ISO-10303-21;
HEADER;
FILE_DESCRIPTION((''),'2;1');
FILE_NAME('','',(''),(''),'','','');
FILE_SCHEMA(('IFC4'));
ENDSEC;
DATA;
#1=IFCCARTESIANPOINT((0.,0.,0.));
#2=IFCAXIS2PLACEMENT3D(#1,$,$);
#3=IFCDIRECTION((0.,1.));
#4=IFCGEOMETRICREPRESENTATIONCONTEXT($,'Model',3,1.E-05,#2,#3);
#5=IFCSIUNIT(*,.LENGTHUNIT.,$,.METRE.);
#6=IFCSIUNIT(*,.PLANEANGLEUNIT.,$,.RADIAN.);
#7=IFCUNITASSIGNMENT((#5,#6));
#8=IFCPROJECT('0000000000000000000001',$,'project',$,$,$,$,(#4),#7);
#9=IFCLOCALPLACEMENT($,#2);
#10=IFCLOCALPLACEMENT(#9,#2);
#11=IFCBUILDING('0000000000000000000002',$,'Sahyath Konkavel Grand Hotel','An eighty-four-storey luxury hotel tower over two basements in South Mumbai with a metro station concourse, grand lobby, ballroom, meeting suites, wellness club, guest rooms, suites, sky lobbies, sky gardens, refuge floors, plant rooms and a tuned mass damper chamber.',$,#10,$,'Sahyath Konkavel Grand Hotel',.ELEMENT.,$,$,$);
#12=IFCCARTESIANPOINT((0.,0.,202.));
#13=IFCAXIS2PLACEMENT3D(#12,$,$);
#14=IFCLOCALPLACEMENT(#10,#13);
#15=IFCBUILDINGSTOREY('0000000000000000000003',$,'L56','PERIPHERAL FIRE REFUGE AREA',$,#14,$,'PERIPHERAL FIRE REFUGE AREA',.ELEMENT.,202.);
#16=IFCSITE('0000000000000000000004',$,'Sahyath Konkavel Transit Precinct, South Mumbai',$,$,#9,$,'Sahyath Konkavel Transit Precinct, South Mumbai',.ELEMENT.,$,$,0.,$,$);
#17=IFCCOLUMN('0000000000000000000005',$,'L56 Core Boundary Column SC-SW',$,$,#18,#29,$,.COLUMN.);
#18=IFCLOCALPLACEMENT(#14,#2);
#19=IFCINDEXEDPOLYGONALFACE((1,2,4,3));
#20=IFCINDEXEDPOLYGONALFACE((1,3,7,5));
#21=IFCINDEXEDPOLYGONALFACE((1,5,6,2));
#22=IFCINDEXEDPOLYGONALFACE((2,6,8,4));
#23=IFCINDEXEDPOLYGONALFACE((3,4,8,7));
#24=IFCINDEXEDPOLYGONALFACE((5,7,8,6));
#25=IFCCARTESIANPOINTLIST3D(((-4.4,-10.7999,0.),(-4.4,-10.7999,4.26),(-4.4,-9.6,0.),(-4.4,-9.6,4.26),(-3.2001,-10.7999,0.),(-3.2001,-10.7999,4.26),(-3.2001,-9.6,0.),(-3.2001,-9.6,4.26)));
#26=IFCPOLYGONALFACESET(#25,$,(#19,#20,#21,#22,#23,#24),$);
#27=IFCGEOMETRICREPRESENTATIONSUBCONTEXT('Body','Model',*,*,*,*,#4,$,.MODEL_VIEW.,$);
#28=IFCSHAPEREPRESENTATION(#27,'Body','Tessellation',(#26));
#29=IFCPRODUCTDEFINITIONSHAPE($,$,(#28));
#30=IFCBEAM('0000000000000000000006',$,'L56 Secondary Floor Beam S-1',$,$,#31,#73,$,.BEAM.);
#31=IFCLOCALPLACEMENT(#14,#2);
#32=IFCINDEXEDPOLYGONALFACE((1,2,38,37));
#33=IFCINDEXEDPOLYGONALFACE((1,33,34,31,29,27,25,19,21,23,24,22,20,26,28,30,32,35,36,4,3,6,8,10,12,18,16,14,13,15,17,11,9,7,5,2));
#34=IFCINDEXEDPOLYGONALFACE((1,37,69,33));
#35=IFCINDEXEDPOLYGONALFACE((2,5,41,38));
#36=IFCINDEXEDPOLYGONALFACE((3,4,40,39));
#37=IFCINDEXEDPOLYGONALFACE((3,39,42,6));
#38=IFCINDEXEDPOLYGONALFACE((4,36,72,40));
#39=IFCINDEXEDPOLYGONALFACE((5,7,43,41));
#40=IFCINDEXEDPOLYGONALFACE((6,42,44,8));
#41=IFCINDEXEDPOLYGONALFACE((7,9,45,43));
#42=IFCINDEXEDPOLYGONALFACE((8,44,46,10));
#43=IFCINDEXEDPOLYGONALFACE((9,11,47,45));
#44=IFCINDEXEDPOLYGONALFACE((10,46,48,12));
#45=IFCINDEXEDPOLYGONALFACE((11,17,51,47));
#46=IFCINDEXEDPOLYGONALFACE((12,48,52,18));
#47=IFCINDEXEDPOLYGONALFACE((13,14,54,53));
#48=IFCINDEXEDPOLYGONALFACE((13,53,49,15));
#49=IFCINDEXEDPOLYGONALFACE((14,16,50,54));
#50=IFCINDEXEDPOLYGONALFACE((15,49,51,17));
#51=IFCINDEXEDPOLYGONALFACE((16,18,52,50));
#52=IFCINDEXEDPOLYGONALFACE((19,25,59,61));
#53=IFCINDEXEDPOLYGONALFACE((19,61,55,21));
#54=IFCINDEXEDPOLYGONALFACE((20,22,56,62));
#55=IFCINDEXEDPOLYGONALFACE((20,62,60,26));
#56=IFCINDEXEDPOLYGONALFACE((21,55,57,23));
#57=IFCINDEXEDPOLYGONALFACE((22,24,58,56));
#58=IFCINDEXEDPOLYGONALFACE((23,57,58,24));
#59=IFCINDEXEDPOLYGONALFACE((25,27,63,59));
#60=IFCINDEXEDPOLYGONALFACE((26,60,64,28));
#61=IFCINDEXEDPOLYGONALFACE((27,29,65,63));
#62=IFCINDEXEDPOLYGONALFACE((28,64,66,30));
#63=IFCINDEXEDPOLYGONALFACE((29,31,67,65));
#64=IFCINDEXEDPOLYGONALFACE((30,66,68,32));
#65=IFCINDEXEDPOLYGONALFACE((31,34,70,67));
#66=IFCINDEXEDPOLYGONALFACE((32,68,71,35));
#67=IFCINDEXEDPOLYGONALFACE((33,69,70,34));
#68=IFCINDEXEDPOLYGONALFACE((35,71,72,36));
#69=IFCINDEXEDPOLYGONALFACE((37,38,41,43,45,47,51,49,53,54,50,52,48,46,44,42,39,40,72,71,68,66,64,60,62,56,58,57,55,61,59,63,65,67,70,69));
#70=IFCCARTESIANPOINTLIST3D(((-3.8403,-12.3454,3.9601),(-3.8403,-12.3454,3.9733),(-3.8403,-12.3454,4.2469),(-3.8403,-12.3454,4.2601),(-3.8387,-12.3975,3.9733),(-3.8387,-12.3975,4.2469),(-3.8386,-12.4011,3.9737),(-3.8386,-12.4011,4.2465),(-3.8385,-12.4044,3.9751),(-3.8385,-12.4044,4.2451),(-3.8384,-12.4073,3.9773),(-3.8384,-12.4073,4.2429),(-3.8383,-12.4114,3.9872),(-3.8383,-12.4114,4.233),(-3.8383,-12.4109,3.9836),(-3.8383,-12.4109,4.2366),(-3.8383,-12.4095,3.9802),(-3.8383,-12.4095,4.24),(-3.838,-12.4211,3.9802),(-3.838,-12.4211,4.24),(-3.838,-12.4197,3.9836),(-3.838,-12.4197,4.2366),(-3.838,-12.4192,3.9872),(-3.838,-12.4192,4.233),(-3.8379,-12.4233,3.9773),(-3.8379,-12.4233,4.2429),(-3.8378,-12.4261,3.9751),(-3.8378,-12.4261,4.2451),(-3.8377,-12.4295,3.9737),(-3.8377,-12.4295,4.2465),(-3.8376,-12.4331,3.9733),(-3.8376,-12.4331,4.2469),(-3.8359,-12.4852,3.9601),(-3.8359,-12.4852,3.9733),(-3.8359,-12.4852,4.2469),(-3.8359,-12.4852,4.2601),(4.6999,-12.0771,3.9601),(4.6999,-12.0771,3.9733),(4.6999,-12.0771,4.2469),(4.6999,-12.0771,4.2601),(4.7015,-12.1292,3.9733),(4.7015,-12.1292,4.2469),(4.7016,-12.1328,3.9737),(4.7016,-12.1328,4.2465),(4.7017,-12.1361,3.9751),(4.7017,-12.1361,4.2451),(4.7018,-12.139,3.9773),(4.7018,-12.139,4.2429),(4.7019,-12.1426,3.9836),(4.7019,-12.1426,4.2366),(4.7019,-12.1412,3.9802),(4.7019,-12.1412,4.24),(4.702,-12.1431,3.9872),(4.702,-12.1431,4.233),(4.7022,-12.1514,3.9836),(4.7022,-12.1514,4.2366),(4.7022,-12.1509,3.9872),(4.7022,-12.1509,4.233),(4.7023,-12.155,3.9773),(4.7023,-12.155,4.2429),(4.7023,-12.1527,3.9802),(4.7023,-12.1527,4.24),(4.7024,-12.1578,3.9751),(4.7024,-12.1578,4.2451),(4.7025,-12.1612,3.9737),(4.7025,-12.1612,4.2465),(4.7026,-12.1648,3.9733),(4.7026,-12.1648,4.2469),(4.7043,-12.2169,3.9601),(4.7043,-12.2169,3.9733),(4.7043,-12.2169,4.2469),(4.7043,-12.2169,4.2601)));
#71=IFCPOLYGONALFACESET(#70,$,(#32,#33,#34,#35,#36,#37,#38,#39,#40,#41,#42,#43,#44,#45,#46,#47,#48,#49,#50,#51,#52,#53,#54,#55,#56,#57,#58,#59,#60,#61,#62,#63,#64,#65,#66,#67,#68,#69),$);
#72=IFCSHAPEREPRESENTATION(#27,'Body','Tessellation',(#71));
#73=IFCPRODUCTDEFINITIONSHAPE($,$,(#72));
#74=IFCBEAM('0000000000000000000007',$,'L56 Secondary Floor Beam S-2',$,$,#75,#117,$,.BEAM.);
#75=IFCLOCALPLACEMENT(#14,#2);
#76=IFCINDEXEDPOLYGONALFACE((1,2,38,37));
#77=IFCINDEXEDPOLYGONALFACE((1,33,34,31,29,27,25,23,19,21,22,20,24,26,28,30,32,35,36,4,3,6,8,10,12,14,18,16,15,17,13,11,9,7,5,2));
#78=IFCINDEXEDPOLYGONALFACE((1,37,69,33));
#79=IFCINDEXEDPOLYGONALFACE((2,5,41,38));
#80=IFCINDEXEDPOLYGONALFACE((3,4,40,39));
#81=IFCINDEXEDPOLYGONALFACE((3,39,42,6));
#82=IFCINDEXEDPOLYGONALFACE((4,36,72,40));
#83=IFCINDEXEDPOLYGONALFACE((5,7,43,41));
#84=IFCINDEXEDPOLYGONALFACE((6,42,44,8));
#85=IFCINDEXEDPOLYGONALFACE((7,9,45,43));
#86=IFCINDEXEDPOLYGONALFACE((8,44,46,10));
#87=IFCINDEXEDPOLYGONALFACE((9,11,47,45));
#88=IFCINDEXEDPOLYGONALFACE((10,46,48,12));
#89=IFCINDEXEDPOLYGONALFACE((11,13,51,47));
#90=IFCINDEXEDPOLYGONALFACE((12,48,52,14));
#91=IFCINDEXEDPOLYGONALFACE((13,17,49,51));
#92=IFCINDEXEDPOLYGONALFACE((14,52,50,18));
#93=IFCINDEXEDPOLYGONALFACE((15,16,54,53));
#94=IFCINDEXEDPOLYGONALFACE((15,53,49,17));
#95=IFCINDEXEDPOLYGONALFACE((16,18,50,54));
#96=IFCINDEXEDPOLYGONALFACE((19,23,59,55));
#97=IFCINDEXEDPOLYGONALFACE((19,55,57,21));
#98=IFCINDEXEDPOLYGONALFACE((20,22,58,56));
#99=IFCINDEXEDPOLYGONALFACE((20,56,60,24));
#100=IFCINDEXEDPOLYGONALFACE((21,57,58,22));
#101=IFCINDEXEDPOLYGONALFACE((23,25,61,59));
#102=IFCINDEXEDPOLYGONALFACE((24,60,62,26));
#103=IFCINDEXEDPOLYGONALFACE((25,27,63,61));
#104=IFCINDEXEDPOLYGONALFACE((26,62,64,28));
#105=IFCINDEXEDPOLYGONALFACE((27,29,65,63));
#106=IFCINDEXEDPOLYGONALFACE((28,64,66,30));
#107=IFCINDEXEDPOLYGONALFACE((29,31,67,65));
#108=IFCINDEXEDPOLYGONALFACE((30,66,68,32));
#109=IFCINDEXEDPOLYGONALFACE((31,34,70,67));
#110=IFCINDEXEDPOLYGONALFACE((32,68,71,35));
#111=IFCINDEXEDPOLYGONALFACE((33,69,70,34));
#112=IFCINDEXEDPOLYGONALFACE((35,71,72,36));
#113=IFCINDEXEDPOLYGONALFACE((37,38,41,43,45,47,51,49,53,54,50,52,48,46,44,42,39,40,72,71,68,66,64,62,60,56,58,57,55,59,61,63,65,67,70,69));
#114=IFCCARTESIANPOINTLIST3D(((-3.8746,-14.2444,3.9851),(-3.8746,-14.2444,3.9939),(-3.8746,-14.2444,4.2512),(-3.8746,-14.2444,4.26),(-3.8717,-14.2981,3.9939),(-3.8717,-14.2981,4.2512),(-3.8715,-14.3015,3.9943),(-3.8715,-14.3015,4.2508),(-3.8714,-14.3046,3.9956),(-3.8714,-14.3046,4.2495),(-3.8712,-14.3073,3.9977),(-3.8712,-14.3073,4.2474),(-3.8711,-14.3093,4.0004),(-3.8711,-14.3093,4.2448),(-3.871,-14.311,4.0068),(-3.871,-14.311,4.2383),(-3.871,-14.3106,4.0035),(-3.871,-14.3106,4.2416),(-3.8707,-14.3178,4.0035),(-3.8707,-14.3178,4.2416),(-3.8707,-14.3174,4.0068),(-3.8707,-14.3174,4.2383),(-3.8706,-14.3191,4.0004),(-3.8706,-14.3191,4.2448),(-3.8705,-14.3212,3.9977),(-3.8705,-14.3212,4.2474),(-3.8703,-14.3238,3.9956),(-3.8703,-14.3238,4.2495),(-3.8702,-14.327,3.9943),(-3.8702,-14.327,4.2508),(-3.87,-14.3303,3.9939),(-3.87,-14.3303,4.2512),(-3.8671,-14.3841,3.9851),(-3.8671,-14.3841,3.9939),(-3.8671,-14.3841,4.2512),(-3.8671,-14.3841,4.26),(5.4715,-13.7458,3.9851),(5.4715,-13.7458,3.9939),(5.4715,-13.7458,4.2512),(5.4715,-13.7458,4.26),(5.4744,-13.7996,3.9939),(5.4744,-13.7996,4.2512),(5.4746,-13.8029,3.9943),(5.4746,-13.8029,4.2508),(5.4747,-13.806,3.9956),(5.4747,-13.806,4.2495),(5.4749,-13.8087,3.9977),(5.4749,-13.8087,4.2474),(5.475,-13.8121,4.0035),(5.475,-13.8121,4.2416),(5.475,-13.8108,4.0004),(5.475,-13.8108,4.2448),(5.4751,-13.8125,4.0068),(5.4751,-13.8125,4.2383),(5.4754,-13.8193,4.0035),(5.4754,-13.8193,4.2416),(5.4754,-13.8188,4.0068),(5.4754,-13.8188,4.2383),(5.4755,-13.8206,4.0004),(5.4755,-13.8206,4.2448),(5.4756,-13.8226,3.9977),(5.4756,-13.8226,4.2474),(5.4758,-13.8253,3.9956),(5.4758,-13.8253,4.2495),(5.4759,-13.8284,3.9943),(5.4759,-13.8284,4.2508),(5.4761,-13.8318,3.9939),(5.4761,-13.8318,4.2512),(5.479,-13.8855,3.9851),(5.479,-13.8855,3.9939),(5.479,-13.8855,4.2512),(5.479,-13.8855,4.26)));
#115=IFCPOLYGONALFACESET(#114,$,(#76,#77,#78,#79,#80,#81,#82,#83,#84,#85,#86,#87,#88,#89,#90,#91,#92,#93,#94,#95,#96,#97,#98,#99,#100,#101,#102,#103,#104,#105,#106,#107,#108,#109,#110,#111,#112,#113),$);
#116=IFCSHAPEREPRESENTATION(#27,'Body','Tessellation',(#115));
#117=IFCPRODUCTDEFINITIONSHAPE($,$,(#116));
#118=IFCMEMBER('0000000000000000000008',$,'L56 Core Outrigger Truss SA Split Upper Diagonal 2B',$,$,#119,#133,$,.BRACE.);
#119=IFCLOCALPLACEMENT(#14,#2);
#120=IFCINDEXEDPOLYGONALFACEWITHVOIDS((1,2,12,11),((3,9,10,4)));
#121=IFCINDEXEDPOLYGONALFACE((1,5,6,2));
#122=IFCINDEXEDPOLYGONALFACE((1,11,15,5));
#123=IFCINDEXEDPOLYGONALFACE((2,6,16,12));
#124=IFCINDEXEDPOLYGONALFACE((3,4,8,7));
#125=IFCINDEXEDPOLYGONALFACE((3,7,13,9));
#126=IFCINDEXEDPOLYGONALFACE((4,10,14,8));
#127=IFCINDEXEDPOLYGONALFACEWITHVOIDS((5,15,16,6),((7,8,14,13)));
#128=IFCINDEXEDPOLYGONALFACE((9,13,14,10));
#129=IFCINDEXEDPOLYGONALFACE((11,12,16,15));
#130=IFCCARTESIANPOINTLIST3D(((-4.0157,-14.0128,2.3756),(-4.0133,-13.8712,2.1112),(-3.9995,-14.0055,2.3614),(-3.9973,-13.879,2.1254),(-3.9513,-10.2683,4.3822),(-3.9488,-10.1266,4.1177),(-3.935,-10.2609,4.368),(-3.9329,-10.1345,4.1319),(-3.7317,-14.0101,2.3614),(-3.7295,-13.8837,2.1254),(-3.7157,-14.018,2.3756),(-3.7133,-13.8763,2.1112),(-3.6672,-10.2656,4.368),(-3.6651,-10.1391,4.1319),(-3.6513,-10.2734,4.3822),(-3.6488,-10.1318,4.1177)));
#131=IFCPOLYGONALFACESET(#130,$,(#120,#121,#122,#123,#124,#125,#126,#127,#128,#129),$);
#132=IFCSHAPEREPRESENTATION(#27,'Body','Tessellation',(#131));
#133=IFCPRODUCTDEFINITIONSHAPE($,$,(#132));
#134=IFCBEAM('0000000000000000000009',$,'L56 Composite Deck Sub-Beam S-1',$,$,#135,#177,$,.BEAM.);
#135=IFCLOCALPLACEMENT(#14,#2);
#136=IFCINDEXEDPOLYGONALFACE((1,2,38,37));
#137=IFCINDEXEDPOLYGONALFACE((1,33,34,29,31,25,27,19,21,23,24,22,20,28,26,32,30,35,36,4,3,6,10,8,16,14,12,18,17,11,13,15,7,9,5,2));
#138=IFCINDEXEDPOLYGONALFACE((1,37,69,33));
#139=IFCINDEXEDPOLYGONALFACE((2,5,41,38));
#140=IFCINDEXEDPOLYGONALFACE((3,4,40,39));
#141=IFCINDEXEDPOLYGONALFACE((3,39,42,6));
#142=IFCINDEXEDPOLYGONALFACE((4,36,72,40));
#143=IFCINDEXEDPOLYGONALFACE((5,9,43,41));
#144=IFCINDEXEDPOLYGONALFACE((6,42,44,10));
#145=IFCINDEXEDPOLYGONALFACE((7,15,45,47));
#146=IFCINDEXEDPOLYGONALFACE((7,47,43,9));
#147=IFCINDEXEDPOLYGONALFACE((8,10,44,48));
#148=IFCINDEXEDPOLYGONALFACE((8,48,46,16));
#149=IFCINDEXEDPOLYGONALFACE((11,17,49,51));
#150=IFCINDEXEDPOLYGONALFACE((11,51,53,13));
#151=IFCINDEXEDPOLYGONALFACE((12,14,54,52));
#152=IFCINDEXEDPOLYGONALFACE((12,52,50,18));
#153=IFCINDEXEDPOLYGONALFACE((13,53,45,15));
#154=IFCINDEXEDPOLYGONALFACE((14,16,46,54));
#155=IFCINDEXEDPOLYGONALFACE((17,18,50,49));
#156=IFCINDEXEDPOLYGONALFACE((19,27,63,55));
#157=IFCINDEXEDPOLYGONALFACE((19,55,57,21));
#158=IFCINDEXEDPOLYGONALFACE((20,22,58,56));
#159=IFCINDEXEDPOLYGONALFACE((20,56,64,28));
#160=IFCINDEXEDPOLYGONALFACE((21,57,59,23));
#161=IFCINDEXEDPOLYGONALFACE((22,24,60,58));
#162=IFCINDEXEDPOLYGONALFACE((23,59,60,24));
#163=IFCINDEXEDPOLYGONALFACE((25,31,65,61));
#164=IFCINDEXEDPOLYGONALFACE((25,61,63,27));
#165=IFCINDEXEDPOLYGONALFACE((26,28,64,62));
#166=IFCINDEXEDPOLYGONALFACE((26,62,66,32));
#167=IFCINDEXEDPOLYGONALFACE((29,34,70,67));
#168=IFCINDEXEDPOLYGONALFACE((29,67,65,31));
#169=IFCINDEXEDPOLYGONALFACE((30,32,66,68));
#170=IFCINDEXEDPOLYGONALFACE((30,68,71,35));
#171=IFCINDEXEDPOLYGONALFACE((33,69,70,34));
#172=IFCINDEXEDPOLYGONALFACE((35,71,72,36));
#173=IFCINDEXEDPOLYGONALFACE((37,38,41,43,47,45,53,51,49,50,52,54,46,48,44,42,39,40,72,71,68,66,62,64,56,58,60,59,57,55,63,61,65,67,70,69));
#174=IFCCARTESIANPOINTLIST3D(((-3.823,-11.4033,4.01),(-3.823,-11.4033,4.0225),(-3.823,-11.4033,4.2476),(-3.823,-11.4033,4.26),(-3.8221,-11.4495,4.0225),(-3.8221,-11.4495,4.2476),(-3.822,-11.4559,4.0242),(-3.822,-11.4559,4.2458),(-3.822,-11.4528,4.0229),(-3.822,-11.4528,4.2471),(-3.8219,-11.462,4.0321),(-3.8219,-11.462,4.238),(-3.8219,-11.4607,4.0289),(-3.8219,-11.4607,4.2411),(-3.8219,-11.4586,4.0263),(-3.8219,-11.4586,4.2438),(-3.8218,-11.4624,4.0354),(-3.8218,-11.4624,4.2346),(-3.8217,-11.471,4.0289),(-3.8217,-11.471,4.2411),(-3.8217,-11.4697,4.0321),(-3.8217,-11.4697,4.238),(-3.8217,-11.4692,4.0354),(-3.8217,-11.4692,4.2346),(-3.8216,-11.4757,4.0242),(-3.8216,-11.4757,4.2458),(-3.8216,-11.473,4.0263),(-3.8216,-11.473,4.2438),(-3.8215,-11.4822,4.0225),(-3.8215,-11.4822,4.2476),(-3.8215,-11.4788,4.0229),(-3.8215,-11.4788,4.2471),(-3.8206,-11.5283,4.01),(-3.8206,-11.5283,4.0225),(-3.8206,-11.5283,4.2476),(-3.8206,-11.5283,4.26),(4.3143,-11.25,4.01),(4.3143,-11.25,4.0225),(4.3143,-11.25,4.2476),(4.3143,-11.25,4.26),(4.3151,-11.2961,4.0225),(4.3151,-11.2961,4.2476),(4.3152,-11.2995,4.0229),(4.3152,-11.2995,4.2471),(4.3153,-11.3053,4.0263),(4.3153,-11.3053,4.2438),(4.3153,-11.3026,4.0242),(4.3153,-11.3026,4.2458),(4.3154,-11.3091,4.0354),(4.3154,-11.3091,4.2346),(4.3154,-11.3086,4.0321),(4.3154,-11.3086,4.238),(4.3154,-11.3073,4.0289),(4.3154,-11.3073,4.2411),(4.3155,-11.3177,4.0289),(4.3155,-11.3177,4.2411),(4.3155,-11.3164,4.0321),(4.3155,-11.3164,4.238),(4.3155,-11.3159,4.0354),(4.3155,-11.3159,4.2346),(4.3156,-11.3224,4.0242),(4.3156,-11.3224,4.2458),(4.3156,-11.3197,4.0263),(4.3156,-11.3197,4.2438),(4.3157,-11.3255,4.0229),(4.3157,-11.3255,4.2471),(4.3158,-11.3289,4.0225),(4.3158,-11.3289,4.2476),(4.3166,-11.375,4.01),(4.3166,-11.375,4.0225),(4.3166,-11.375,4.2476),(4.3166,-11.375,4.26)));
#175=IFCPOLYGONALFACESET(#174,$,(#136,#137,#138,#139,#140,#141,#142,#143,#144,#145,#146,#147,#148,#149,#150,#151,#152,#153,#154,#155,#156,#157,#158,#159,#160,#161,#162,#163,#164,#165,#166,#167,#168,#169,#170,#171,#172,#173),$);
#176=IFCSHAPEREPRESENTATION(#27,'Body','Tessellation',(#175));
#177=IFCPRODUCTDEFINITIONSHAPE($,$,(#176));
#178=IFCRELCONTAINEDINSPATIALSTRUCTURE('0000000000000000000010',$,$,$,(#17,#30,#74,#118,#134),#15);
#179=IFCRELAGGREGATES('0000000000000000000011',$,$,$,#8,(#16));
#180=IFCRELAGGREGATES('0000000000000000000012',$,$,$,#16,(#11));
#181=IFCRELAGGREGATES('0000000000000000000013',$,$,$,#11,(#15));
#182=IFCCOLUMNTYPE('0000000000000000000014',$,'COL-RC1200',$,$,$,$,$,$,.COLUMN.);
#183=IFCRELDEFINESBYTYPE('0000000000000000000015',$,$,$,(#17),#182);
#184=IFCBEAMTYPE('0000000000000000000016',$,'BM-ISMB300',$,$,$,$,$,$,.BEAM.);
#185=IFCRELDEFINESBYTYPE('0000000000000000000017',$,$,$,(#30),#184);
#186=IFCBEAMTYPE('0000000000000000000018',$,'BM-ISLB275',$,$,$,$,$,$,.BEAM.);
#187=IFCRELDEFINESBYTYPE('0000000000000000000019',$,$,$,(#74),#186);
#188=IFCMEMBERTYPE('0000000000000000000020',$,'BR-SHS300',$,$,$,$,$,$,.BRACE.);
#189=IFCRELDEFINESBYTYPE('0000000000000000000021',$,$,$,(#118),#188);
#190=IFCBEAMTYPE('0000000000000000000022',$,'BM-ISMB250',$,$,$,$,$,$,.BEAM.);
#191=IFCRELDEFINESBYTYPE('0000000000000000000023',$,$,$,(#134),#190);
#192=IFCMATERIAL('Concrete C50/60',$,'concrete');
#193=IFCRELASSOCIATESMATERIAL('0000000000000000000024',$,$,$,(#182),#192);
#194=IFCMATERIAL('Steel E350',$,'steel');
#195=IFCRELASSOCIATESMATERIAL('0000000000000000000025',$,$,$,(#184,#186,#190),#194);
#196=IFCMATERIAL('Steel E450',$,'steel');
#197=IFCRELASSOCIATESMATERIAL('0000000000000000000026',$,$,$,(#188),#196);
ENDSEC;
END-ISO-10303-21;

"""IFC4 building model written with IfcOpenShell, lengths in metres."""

from ifc_helpers import new_model, si_unit, direction, frame, origin, origin_2d, place, context, subcontext, project, spatial, rectangle, hollow_rectangle, i_section, extrude, source, transform, mapped, material, material_profile, profile_set, type_object, element, save


model = new_model("IFC4")

# Units and contexts
model_context = context("Model", 3, precision=1e-05, world=origin(), true_north=direction((0.0, 1.0)))
body_context = subcontext(model_context, "Body", "Model", "MODEL_VIEW")
ifc_project = project(units=[si_unit("LENGTHUNIT", "METRE"), si_unit("PLANEANGLEUNIT", "RADIAN")], contexts=[model_context])

# Site, building, storey
site_placement = place(None, origin())
site = spatial("IfcSite", under=ifc_project, at=site_placement, Name="Sahyath Konkavel Transit Precinct, South Mumbai", LongName="Sahyath Konkavel Transit Precinct, South Mumbai", CompositionType="ELEMENT", RefElevation=0.0)
building_placement = place(site_placement, origin())
building = spatial("IfcBuilding", under=site, at=building_placement, Name="Sahyath Konkavel Grand Hotel", Description="An eighty-four-storey luxury hotel tower over two basements in South Mumbai with a metro station concourse, grand lobby, ballroom, meeting suites, wellness club, guest rooms, suites, sky lobbies, sky gardens, refuge floors, plant rooms and a tuned mass damper chamber.", LongName="Sahyath Konkavel Grand Hotel", CompositionType="ELEMENT")
storey_placement = place(building_placement, frame((0.0, 0.0, 202.0)))
storey = spatial("IfcBuildingStorey", under=building, at=storey_placement, Name="L56", Description="PERIPHERAL FIRE REFUGE AREA", LongName="PERIPHERAL FIRE REFUGE AREA", CompositionType="ELEMENT", Elevation=202.0)

# Column
ifc_material_1 = material(Name="Concrete C50/60", Category="concrete")
ifc_material_profile_1 = material_profile(ifc_material_1, rectangle(XDim=1.2, YDim=1.2, at=origin_2d()), Name="RC 1200x1200")
ifc_profile_set_1 = profile_set([ifc_material_profile_1], Name="Concrete C50/60")
column_type = type_object("IfcColumnType", Name="COL-RC1200", PredefinedType="COLUMN", material=ifc_profile_set_1)
shared_shape_1 = source(origin(), body_context, "Body", "SweptSolid", [
    extrude(rectangle(XDim=1.2, YDim=1.2, at=origin_2d()), origin(), (0.0, 0.0, 1.0), 4.26),
])
column_placement = place(storey_placement, frame((-3.8, -10.2, 0.0), z_axis=(0.0, 0.0, 1.0), x_axis=(1.0, 0.0, 0.0)))
element("IfcColumn", 1, at=column_placement, inside=storey, type_object=column_type, Name="L56 Core Boundary Column SC-SW", PredefinedType="COLUMN", context=body_context, shape_type="MappedRepresentation", body=[
    mapped(shared_shape_1, transform((0.0, 0.0, 0.0), scale=1.0)),
])

# Beams
ifc_material_2 = material(Name="Steel E350", Category="steel")
ifc_material_profile_2 = material_profile(ifc_material_2, i_section(OverallWidth=0.1399, OverallDepth=0.3, WebThickness=0.0078, FlangeThickness=0.0132, FilletRadius=0.0139, at=origin_2d()), Name="ISMB 300")
ifc_profile_set_2 = profile_set([ifc_material_profile_2], Name="Steel E350")
beam_type_1 = type_object("IfcBeamType", Name="BM-ISMB300", PredefinedType="BEAM", material=ifc_profile_set_2)
shared_shape_2 = source(origin(), body_context, "Body", "SweptSolid", [
    extrude(i_section(OverallWidth=0.1399, OverallDepth=0.3, WebThickness=0.0078, FlangeThickness=0.0132, FilletRadius=0.0139, at=origin_2d()), origin(), (0.0, 0.0, 1.0), 8.5444),
])
beam_1_placement = place(storey_placement, frame((-3.8381, -12.4153, 4.1101), z_axis=(0.999507, 0.031402, 0.0), x_axis=(-0.031402, 0.999507, 0.0)))
element("IfcBeam", 2, at=beam_1_placement, inside=storey, type_object=beam_type_1, Name="L56 Secondary Floor Beam S-1", PredefinedType="BEAM", context=body_context, shape_type="MappedRepresentation", body=[
    mapped(shared_shape_2, transform((0.0, 0.0, 0.0), scale=1.0)),
])
ifc_material_profile_3 = material_profile(ifc_material_2, i_section(OverallWidth=0.1399, OverallDepth=0.2749, WebThickness=0.0063, FlangeThickness=0.0088, FilletRadius=0.0129, at=origin_2d()), Name="ISLB 275")
ifc_profile_set_3 = profile_set([ifc_material_profile_3], Name="Steel E350")
beam_type_2 = type_object("IfcBeamType", Name="BM-ISLB275", PredefinedType="BEAM", material=ifc_profile_set_3)
shared_shape_3 = source(origin(), body_context, "Body", "SweptSolid", [
    extrude(i_section(OverallWidth=0.1399, OverallDepth=0.2749, WebThickness=0.0063, FlangeThickness=0.0088, FilletRadius=0.0129, at=origin_2d()), origin(), (0.0, 0.0, 1.0), 9.3594),
])
beam_2_placement = place(storey_placement, frame((-3.8708, -14.3142, 4.1226), z_axis=(0.99858, 0.053265, 0.0), x_axis=(-0.053265, 0.99858, 0.0)))
element("IfcBeam", 3, at=beam_2_placement, inside=storey, type_object=beam_type_2, Name="L56 Secondary Floor Beam S-2", PredefinedType="BEAM", context=body_context, shape_type="MappedRepresentation", body=[
    mapped(shared_shape_3, transform((0.0, 0.0, 0.0), scale=1.0)),
])

# Member
ifc_material_3 = material(Name="Steel E450", Category="steel")
ifc_material_profile_4 = material_profile(ifc_material_3, hollow_rectangle(XDim=0.3, YDim=0.3, WallThickness=0.0161, at=origin_2d()), Name="SHS 300x300x16")
ifc_profile_set_4 = profile_set([ifc_material_profile_4], Name="Steel E450")
member_type_1 = type_object("IfcMemberType", Name="BR-SHS300", PredefinedType="BRACE", material=ifc_profile_set_4)
shared_shape_4 = source(origin(), body_context, "Body", "SweptSolid", [
    extrude(hollow_rectangle(XDim=0.3, YDim=0.3, WallThickness=0.0161, at=origin_2d()), origin(), (0.0, 0.0, 1.0), 4.2488),
])
member_1_placement = place(storey_placement, frame((-3.8645, -13.9446, 2.2434), z_axis=(0.01517, 0.881326, 0.472266), x_axis=(-0.999852, 0.01721, 0.0)))
element("IfcMember", 4, at=member_1_placement, inside=storey, type_object=member_type_1, Name="L56 Core Outrigger Truss SA Split Upper Diagonal 2B", PredefinedType="BRACE", context=body_context, shape_type="MappedRepresentation", body=[
    mapped(shared_shape_4, transform((0.0, 0.0, 0.0), scale=1.0)),
])

# Beam
ifc_material_profile_5 = material_profile(ifc_material_2, i_section(OverallWidth=0.125, OverallDepth=0.25, WebThickness=0.0068, FlangeThickness=0.0125, FilletRadius=0.0129, at=origin_2d()), Name="ISMB 250")
ifc_profile_set_5 = profile_set([ifc_material_profile_5], Name="Steel E350")
beam_type_3 = type_object("IfcBeamType", Name="BM-ISMB250", PredefinedType="BEAM", material=ifc_profile_set_5)
shared_shape_5 = source(origin(), body_context, "Body", "SweptSolid", [
    extrude(i_section(OverallWidth=0.125, OverallDepth=0.25, WebThickness=0.0068, FlangeThickness=0.0125, FilletRadius=0.0129, at=origin_2d()), origin(), (0.0, 0.0, 1.0), 8.1387),
])
beam_3_placement = place(storey_placement, frame((-3.8218, -11.4658, 4.135), z_axis=(0.999823, 0.018839, 0.0), x_axis=(-0.018839, 0.999823, 0.0)))
element("IfcBeam", 5, at=beam_3_placement, inside=storey, type_object=beam_type_3, Name="L56 Composite Deck Sub-Beam S-1", PredefinedType="BEAM", context=body_context, shape_type="MappedRepresentation", body=[
    mapped(shared_shape_5, transform((0.0, 0.0, 0.0), scale=1.0)),
])

save(model, "model.ifc")
